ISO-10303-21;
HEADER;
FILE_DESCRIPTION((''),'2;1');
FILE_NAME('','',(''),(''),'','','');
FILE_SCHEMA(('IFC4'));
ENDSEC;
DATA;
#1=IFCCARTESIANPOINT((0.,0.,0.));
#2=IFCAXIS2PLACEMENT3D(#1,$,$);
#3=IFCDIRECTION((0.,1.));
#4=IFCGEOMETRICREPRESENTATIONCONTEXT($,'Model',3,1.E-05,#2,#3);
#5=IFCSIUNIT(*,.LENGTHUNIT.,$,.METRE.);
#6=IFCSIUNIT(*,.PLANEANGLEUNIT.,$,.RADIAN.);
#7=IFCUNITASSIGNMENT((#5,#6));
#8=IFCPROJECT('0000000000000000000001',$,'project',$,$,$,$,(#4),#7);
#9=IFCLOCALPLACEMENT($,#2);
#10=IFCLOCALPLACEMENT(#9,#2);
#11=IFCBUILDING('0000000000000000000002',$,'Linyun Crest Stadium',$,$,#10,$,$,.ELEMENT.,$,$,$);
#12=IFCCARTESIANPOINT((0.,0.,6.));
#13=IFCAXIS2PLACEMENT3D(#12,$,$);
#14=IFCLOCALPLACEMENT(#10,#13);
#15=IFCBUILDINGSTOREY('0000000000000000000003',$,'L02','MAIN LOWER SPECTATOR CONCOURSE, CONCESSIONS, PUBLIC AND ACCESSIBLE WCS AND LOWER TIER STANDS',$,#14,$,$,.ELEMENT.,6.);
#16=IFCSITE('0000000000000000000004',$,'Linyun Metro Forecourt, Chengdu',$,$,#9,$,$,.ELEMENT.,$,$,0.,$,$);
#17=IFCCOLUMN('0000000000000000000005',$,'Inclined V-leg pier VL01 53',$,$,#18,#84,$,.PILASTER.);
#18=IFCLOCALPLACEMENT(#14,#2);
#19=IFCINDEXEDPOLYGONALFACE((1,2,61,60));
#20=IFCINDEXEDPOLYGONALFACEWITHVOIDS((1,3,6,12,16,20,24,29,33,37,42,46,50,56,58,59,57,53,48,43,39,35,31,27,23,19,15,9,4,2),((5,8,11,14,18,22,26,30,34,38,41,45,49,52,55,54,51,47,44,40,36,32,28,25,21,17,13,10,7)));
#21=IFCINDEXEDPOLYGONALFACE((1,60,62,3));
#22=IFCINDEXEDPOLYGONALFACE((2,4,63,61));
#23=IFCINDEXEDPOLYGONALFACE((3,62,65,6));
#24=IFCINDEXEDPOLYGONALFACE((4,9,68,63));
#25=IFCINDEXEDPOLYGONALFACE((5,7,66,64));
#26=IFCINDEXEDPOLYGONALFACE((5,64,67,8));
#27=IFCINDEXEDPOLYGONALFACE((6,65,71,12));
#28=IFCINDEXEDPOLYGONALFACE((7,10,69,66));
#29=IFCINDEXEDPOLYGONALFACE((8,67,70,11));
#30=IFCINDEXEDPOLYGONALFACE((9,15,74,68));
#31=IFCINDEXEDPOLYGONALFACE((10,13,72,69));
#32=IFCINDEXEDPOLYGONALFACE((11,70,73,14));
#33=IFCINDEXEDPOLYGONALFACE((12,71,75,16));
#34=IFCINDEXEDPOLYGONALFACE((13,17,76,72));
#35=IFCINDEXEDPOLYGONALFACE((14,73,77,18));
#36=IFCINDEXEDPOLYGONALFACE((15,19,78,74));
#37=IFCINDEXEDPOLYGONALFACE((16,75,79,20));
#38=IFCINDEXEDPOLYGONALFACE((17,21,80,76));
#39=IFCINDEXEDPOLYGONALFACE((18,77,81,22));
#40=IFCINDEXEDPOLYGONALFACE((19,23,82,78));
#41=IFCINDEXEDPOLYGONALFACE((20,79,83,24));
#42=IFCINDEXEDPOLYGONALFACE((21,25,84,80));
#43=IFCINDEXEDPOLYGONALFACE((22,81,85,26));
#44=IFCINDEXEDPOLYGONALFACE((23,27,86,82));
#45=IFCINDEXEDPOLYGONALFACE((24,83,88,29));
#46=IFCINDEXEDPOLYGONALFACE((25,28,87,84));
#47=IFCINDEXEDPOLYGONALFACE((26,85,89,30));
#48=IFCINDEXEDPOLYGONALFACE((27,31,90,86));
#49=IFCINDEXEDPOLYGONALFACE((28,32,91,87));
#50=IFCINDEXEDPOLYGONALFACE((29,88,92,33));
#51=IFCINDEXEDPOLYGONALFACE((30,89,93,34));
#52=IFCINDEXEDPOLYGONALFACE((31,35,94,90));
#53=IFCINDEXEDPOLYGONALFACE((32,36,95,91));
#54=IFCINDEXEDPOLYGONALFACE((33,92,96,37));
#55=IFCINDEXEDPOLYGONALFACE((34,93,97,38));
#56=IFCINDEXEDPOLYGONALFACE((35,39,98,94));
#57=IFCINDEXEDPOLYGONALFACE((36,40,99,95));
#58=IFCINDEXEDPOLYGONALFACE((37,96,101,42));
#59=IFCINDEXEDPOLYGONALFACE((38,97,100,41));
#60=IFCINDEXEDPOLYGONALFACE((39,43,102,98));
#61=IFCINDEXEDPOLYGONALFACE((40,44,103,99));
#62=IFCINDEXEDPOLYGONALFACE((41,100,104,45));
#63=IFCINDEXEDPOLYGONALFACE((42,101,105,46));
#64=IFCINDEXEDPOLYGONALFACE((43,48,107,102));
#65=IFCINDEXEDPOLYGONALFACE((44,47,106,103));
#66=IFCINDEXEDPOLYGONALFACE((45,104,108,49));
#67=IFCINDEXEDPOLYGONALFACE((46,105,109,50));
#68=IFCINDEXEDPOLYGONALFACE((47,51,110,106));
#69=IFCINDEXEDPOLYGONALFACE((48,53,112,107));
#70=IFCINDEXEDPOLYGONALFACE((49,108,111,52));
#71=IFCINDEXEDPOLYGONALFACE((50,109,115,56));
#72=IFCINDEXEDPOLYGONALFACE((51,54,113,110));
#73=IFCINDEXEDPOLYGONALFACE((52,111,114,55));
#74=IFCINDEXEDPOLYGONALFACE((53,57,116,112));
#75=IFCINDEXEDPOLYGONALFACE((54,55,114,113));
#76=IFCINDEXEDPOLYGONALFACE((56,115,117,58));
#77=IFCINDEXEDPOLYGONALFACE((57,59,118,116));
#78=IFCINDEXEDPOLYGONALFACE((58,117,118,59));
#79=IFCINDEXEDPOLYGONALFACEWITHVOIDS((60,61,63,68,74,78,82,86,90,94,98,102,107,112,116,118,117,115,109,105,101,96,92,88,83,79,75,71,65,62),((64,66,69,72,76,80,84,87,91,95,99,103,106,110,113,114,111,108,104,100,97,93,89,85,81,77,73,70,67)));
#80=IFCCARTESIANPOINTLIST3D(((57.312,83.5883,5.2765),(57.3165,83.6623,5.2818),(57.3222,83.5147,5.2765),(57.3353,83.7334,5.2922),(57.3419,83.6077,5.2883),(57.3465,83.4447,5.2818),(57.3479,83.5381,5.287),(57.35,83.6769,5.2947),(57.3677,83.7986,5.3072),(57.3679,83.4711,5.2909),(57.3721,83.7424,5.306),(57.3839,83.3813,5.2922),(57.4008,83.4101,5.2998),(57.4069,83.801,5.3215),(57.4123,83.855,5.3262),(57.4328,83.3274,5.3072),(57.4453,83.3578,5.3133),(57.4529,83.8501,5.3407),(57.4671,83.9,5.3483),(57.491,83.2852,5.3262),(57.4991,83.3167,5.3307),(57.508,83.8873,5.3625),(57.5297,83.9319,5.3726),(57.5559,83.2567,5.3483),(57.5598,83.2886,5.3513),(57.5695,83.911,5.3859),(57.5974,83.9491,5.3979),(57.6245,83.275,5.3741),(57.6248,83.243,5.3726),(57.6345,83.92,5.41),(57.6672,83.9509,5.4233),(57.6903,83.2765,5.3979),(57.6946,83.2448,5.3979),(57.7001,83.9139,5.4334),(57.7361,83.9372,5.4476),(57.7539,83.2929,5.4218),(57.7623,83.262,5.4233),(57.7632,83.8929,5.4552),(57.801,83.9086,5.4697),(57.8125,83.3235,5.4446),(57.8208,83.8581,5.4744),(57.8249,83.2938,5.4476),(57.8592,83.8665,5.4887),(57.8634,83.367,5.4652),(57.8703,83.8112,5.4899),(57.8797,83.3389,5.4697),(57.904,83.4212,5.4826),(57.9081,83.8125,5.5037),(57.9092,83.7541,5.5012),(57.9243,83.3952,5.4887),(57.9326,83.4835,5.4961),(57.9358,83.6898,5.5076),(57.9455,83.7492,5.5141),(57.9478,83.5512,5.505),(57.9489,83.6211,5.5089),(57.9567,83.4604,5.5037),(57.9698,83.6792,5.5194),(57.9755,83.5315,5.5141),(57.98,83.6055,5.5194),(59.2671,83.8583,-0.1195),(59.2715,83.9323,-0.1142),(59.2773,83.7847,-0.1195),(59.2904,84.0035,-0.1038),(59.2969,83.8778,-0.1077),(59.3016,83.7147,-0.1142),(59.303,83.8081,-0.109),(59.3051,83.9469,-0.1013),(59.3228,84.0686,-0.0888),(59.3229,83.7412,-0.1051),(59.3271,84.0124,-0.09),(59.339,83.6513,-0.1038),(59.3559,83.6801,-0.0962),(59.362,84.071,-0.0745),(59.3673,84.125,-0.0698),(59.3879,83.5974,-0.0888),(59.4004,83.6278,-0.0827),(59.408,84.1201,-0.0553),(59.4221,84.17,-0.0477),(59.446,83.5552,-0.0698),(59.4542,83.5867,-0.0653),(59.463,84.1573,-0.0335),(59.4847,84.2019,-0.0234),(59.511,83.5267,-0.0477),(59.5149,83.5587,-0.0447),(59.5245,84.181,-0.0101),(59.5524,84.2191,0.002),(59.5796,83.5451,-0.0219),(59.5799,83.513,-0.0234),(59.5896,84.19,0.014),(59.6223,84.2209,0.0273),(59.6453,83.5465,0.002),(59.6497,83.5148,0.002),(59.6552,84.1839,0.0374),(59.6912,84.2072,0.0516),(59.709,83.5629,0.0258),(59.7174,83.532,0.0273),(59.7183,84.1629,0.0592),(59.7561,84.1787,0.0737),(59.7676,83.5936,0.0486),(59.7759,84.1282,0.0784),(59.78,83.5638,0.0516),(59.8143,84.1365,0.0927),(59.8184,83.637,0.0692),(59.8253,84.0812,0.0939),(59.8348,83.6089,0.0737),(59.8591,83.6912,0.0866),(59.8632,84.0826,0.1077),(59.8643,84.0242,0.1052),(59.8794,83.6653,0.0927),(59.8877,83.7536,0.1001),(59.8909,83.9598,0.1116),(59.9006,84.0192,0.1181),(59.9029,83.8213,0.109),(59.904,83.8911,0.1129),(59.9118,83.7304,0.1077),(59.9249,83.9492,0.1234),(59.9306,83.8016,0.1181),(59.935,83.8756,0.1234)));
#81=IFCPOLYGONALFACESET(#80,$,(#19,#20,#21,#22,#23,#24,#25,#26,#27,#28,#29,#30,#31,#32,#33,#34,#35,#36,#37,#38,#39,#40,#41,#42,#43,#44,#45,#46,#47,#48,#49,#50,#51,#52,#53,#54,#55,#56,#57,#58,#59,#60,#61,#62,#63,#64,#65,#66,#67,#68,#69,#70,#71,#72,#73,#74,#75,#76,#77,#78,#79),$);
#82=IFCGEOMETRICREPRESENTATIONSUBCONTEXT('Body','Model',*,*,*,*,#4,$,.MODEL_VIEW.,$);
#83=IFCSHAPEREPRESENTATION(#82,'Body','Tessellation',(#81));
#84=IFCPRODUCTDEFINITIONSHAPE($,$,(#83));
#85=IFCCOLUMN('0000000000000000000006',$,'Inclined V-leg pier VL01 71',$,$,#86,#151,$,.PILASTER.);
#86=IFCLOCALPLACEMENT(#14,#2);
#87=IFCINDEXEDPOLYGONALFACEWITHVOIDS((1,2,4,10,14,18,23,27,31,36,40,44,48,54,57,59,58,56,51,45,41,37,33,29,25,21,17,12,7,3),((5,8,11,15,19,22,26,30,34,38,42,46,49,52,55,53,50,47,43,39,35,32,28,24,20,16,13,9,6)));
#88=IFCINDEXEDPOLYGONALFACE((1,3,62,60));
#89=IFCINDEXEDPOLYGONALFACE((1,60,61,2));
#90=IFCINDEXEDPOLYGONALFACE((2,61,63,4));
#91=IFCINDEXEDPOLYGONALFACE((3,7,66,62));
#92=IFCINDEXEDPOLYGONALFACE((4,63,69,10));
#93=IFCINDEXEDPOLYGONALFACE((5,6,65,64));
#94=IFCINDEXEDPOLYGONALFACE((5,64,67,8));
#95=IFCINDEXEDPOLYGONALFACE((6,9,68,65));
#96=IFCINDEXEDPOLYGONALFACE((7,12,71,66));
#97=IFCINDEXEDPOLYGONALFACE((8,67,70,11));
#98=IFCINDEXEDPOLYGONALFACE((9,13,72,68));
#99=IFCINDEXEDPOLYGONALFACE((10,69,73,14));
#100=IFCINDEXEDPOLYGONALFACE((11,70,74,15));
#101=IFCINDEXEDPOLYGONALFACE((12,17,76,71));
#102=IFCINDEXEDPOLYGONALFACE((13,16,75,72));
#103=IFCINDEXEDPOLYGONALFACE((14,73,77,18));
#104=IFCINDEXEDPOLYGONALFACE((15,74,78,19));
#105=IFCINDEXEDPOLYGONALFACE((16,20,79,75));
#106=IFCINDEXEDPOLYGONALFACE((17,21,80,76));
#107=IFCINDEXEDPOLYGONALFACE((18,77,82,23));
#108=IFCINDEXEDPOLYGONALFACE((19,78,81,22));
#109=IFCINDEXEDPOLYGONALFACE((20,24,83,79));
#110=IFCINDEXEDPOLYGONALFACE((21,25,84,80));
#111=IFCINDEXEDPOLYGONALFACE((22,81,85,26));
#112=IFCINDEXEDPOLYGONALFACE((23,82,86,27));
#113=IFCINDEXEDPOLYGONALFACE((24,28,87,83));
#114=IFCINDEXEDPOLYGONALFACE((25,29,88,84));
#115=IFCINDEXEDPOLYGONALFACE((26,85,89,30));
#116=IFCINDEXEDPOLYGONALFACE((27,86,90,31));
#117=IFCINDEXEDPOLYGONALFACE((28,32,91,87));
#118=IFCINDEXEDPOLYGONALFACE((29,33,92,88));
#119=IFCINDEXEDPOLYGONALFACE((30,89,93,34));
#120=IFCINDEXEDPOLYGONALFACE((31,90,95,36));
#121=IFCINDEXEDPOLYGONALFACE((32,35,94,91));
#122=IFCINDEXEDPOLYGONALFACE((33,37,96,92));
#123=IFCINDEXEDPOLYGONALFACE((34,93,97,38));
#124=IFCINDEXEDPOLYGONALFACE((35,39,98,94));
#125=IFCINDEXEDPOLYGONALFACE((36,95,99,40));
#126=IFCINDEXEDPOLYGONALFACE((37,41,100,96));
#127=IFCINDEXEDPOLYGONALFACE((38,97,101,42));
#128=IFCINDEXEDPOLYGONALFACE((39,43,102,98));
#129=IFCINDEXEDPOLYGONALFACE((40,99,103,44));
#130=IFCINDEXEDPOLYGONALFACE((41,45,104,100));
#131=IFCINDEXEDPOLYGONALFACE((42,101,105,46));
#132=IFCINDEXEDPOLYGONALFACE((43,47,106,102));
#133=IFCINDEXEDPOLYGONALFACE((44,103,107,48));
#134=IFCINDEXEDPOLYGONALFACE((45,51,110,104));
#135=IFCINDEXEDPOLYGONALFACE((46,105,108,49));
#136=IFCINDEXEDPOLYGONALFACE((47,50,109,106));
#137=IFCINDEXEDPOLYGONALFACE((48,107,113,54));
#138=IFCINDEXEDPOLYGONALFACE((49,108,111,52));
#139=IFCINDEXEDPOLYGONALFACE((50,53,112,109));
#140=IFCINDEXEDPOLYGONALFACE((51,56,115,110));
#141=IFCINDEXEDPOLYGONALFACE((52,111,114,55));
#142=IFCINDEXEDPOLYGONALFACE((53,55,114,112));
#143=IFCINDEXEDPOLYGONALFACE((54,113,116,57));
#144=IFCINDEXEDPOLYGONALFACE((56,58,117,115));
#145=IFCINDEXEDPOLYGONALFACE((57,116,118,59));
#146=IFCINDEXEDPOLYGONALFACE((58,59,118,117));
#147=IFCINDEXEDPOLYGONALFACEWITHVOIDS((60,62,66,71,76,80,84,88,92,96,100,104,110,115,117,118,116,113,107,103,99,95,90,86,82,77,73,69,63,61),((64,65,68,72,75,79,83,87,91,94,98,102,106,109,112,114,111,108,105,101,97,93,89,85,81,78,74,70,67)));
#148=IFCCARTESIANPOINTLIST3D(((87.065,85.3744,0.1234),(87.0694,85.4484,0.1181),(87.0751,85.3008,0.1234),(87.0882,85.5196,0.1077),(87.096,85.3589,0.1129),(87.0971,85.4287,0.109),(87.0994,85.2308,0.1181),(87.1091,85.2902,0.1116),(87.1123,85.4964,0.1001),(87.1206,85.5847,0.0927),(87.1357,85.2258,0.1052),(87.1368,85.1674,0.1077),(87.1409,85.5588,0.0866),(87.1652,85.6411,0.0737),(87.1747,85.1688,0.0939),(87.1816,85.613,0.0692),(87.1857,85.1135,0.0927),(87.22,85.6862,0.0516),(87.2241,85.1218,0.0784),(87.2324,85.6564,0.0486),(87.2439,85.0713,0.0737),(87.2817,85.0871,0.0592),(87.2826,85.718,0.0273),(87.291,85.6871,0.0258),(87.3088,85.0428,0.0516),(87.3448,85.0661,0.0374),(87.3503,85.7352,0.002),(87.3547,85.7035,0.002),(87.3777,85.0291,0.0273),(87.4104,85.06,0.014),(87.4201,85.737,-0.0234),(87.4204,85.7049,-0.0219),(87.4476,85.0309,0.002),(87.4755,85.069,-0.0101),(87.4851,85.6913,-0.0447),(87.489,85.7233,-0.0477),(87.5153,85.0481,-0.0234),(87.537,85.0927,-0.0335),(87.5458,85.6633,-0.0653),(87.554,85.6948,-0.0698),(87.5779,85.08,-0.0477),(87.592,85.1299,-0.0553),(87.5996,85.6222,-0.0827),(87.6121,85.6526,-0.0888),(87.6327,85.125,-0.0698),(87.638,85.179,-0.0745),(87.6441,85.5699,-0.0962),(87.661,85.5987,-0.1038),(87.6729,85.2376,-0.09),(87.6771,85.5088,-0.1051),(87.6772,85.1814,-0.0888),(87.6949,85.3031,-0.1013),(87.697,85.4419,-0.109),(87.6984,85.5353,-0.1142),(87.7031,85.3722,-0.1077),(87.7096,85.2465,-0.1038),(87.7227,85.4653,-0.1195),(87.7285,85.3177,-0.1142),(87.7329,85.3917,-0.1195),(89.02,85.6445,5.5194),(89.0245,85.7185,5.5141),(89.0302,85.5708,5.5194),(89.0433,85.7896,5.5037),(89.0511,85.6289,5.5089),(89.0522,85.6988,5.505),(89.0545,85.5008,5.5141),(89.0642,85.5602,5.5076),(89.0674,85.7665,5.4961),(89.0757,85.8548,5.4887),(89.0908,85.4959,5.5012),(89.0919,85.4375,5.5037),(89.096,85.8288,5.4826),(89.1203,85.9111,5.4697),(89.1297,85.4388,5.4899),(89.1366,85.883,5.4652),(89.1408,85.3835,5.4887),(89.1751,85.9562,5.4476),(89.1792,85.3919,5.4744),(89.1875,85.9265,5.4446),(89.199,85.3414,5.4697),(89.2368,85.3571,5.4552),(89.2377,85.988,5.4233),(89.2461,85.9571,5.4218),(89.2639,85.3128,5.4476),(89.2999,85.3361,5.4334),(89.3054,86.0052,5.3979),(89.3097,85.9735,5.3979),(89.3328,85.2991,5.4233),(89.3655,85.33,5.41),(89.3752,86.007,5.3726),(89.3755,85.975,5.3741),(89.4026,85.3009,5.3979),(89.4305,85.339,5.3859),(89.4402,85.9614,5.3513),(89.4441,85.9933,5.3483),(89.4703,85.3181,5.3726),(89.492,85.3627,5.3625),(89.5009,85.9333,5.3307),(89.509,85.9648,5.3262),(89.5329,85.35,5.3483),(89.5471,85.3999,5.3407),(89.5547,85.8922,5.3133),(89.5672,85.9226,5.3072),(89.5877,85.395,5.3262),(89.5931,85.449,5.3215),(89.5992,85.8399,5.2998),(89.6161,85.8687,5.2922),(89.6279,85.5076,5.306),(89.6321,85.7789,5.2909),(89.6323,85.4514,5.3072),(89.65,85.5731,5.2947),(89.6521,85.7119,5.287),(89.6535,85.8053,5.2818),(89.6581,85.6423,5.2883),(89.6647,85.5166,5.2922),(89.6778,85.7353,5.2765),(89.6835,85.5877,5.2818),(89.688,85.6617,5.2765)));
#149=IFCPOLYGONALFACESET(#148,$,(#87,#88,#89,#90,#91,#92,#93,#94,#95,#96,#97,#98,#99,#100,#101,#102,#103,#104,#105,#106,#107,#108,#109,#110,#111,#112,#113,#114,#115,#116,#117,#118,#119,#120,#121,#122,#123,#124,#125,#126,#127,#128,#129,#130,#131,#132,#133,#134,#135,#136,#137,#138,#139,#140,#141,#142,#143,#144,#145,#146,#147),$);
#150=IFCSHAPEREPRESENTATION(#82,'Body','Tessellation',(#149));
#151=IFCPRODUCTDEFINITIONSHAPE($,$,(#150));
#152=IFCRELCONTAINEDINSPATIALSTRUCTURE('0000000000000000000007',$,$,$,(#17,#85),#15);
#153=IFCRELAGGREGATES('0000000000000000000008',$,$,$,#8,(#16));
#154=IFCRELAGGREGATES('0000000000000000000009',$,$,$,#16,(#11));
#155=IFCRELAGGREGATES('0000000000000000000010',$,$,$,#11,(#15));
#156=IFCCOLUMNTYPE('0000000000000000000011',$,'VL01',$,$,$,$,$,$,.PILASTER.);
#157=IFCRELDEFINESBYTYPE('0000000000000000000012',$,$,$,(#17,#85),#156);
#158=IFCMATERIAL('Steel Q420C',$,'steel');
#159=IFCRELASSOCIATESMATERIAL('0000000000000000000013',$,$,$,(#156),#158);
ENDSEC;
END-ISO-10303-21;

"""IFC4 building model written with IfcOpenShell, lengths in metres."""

from ifc_helpers import new_model, si_unit, direction, frame, origin, origin_2d, place, context, subcontext, project, spatial, hollow_circle, extrude, material, material_profile, profile_set, type_object, element, save


model = new_model("IFC4")

# Units and contexts
model_context = context("Model", 3, precision=1e-05, world=origin(), true_north=direction((0.0, 1.0)))
body_context = subcontext(model_context, "Body", "Model", "MODEL_VIEW")
ifc_project = project(units=[si_unit("LENGTHUNIT", "METRE"), si_unit("PLANEANGLEUNIT", "RADIAN")], contexts=[model_context])

# Site, building, storey
site_placement = place(None, origin())
site = spatial("IfcSite", under=ifc_project, at=site_placement, Name="Linyun Metro Forecourt, Chengdu", CompositionType="ELEMENT", RefElevation=0.0)
building_placement = place(site_placement, origin())
building = spatial("IfcBuilding", under=site, at=building_placement, Name="Linyun Crest Stadium", CompositionType="ELEMENT")
storey_placement = place(building_placement, frame((0.0, 0.0, 6.0)))
storey = spatial("IfcBuildingStorey", under=building, at=storey_placement, Name="L02", Description="MAIN LOWER SPECTATOR CONCOURSE, CONCESSIONS, PUBLIC AND ACCESSIBLE WCS AND LOWER TIER STANDS", CompositionType="ELEMENT", Elevation=6.0)

# Columns
ifc_material_1 = material(Name="Steel Q420C", Category="steel")
ifc_material_profile_1 = material_profile(ifc_material_1, hollow_circle(Radius=0.3555, WallThickness=0.032, at=origin_2d()), Name="CHS 711x32")
ifc_profile_set_1 = profile_set([ifc_material_profile_1], Name="Steel Q420C")
column_type_1 = type_object("IfcColumnType", Name="VL01", PredefinedType="PILASTER", material=ifc_profile_set_1)
for number, where, z_axis, x_axis, name in (
    (1, (59.6011, 83.8669, 0.002), (-0.340273, -0.046996, 0.939151), (0.136813, -0.990597, 0.0), "Inclined V-leg pier VL01 53"),
    (2, (87.3989, 85.3831, 0.002), (0.340273, 0.046996, 0.939151), (-0.136813, 0.990597, 0.0), "Inclined V-leg pier VL01 71"),
):
    element("IfcColumn", number, at=place(storey_placement, frame(where, z_axis=z_axis, x_axis=x_axis)), inside=storey, type_object=column_type_1, Name=name, PredefinedType="PILASTER", context=body_context, shape_type="SweptSolid", body=[
        extrude(hollow_circle(Radius=0.3555, WallThickness=0.032, at=origin_2d()), origin(), (0.0, 0.0, 1.0), 5.7456),
    ])

save(model, "model.ifc")
